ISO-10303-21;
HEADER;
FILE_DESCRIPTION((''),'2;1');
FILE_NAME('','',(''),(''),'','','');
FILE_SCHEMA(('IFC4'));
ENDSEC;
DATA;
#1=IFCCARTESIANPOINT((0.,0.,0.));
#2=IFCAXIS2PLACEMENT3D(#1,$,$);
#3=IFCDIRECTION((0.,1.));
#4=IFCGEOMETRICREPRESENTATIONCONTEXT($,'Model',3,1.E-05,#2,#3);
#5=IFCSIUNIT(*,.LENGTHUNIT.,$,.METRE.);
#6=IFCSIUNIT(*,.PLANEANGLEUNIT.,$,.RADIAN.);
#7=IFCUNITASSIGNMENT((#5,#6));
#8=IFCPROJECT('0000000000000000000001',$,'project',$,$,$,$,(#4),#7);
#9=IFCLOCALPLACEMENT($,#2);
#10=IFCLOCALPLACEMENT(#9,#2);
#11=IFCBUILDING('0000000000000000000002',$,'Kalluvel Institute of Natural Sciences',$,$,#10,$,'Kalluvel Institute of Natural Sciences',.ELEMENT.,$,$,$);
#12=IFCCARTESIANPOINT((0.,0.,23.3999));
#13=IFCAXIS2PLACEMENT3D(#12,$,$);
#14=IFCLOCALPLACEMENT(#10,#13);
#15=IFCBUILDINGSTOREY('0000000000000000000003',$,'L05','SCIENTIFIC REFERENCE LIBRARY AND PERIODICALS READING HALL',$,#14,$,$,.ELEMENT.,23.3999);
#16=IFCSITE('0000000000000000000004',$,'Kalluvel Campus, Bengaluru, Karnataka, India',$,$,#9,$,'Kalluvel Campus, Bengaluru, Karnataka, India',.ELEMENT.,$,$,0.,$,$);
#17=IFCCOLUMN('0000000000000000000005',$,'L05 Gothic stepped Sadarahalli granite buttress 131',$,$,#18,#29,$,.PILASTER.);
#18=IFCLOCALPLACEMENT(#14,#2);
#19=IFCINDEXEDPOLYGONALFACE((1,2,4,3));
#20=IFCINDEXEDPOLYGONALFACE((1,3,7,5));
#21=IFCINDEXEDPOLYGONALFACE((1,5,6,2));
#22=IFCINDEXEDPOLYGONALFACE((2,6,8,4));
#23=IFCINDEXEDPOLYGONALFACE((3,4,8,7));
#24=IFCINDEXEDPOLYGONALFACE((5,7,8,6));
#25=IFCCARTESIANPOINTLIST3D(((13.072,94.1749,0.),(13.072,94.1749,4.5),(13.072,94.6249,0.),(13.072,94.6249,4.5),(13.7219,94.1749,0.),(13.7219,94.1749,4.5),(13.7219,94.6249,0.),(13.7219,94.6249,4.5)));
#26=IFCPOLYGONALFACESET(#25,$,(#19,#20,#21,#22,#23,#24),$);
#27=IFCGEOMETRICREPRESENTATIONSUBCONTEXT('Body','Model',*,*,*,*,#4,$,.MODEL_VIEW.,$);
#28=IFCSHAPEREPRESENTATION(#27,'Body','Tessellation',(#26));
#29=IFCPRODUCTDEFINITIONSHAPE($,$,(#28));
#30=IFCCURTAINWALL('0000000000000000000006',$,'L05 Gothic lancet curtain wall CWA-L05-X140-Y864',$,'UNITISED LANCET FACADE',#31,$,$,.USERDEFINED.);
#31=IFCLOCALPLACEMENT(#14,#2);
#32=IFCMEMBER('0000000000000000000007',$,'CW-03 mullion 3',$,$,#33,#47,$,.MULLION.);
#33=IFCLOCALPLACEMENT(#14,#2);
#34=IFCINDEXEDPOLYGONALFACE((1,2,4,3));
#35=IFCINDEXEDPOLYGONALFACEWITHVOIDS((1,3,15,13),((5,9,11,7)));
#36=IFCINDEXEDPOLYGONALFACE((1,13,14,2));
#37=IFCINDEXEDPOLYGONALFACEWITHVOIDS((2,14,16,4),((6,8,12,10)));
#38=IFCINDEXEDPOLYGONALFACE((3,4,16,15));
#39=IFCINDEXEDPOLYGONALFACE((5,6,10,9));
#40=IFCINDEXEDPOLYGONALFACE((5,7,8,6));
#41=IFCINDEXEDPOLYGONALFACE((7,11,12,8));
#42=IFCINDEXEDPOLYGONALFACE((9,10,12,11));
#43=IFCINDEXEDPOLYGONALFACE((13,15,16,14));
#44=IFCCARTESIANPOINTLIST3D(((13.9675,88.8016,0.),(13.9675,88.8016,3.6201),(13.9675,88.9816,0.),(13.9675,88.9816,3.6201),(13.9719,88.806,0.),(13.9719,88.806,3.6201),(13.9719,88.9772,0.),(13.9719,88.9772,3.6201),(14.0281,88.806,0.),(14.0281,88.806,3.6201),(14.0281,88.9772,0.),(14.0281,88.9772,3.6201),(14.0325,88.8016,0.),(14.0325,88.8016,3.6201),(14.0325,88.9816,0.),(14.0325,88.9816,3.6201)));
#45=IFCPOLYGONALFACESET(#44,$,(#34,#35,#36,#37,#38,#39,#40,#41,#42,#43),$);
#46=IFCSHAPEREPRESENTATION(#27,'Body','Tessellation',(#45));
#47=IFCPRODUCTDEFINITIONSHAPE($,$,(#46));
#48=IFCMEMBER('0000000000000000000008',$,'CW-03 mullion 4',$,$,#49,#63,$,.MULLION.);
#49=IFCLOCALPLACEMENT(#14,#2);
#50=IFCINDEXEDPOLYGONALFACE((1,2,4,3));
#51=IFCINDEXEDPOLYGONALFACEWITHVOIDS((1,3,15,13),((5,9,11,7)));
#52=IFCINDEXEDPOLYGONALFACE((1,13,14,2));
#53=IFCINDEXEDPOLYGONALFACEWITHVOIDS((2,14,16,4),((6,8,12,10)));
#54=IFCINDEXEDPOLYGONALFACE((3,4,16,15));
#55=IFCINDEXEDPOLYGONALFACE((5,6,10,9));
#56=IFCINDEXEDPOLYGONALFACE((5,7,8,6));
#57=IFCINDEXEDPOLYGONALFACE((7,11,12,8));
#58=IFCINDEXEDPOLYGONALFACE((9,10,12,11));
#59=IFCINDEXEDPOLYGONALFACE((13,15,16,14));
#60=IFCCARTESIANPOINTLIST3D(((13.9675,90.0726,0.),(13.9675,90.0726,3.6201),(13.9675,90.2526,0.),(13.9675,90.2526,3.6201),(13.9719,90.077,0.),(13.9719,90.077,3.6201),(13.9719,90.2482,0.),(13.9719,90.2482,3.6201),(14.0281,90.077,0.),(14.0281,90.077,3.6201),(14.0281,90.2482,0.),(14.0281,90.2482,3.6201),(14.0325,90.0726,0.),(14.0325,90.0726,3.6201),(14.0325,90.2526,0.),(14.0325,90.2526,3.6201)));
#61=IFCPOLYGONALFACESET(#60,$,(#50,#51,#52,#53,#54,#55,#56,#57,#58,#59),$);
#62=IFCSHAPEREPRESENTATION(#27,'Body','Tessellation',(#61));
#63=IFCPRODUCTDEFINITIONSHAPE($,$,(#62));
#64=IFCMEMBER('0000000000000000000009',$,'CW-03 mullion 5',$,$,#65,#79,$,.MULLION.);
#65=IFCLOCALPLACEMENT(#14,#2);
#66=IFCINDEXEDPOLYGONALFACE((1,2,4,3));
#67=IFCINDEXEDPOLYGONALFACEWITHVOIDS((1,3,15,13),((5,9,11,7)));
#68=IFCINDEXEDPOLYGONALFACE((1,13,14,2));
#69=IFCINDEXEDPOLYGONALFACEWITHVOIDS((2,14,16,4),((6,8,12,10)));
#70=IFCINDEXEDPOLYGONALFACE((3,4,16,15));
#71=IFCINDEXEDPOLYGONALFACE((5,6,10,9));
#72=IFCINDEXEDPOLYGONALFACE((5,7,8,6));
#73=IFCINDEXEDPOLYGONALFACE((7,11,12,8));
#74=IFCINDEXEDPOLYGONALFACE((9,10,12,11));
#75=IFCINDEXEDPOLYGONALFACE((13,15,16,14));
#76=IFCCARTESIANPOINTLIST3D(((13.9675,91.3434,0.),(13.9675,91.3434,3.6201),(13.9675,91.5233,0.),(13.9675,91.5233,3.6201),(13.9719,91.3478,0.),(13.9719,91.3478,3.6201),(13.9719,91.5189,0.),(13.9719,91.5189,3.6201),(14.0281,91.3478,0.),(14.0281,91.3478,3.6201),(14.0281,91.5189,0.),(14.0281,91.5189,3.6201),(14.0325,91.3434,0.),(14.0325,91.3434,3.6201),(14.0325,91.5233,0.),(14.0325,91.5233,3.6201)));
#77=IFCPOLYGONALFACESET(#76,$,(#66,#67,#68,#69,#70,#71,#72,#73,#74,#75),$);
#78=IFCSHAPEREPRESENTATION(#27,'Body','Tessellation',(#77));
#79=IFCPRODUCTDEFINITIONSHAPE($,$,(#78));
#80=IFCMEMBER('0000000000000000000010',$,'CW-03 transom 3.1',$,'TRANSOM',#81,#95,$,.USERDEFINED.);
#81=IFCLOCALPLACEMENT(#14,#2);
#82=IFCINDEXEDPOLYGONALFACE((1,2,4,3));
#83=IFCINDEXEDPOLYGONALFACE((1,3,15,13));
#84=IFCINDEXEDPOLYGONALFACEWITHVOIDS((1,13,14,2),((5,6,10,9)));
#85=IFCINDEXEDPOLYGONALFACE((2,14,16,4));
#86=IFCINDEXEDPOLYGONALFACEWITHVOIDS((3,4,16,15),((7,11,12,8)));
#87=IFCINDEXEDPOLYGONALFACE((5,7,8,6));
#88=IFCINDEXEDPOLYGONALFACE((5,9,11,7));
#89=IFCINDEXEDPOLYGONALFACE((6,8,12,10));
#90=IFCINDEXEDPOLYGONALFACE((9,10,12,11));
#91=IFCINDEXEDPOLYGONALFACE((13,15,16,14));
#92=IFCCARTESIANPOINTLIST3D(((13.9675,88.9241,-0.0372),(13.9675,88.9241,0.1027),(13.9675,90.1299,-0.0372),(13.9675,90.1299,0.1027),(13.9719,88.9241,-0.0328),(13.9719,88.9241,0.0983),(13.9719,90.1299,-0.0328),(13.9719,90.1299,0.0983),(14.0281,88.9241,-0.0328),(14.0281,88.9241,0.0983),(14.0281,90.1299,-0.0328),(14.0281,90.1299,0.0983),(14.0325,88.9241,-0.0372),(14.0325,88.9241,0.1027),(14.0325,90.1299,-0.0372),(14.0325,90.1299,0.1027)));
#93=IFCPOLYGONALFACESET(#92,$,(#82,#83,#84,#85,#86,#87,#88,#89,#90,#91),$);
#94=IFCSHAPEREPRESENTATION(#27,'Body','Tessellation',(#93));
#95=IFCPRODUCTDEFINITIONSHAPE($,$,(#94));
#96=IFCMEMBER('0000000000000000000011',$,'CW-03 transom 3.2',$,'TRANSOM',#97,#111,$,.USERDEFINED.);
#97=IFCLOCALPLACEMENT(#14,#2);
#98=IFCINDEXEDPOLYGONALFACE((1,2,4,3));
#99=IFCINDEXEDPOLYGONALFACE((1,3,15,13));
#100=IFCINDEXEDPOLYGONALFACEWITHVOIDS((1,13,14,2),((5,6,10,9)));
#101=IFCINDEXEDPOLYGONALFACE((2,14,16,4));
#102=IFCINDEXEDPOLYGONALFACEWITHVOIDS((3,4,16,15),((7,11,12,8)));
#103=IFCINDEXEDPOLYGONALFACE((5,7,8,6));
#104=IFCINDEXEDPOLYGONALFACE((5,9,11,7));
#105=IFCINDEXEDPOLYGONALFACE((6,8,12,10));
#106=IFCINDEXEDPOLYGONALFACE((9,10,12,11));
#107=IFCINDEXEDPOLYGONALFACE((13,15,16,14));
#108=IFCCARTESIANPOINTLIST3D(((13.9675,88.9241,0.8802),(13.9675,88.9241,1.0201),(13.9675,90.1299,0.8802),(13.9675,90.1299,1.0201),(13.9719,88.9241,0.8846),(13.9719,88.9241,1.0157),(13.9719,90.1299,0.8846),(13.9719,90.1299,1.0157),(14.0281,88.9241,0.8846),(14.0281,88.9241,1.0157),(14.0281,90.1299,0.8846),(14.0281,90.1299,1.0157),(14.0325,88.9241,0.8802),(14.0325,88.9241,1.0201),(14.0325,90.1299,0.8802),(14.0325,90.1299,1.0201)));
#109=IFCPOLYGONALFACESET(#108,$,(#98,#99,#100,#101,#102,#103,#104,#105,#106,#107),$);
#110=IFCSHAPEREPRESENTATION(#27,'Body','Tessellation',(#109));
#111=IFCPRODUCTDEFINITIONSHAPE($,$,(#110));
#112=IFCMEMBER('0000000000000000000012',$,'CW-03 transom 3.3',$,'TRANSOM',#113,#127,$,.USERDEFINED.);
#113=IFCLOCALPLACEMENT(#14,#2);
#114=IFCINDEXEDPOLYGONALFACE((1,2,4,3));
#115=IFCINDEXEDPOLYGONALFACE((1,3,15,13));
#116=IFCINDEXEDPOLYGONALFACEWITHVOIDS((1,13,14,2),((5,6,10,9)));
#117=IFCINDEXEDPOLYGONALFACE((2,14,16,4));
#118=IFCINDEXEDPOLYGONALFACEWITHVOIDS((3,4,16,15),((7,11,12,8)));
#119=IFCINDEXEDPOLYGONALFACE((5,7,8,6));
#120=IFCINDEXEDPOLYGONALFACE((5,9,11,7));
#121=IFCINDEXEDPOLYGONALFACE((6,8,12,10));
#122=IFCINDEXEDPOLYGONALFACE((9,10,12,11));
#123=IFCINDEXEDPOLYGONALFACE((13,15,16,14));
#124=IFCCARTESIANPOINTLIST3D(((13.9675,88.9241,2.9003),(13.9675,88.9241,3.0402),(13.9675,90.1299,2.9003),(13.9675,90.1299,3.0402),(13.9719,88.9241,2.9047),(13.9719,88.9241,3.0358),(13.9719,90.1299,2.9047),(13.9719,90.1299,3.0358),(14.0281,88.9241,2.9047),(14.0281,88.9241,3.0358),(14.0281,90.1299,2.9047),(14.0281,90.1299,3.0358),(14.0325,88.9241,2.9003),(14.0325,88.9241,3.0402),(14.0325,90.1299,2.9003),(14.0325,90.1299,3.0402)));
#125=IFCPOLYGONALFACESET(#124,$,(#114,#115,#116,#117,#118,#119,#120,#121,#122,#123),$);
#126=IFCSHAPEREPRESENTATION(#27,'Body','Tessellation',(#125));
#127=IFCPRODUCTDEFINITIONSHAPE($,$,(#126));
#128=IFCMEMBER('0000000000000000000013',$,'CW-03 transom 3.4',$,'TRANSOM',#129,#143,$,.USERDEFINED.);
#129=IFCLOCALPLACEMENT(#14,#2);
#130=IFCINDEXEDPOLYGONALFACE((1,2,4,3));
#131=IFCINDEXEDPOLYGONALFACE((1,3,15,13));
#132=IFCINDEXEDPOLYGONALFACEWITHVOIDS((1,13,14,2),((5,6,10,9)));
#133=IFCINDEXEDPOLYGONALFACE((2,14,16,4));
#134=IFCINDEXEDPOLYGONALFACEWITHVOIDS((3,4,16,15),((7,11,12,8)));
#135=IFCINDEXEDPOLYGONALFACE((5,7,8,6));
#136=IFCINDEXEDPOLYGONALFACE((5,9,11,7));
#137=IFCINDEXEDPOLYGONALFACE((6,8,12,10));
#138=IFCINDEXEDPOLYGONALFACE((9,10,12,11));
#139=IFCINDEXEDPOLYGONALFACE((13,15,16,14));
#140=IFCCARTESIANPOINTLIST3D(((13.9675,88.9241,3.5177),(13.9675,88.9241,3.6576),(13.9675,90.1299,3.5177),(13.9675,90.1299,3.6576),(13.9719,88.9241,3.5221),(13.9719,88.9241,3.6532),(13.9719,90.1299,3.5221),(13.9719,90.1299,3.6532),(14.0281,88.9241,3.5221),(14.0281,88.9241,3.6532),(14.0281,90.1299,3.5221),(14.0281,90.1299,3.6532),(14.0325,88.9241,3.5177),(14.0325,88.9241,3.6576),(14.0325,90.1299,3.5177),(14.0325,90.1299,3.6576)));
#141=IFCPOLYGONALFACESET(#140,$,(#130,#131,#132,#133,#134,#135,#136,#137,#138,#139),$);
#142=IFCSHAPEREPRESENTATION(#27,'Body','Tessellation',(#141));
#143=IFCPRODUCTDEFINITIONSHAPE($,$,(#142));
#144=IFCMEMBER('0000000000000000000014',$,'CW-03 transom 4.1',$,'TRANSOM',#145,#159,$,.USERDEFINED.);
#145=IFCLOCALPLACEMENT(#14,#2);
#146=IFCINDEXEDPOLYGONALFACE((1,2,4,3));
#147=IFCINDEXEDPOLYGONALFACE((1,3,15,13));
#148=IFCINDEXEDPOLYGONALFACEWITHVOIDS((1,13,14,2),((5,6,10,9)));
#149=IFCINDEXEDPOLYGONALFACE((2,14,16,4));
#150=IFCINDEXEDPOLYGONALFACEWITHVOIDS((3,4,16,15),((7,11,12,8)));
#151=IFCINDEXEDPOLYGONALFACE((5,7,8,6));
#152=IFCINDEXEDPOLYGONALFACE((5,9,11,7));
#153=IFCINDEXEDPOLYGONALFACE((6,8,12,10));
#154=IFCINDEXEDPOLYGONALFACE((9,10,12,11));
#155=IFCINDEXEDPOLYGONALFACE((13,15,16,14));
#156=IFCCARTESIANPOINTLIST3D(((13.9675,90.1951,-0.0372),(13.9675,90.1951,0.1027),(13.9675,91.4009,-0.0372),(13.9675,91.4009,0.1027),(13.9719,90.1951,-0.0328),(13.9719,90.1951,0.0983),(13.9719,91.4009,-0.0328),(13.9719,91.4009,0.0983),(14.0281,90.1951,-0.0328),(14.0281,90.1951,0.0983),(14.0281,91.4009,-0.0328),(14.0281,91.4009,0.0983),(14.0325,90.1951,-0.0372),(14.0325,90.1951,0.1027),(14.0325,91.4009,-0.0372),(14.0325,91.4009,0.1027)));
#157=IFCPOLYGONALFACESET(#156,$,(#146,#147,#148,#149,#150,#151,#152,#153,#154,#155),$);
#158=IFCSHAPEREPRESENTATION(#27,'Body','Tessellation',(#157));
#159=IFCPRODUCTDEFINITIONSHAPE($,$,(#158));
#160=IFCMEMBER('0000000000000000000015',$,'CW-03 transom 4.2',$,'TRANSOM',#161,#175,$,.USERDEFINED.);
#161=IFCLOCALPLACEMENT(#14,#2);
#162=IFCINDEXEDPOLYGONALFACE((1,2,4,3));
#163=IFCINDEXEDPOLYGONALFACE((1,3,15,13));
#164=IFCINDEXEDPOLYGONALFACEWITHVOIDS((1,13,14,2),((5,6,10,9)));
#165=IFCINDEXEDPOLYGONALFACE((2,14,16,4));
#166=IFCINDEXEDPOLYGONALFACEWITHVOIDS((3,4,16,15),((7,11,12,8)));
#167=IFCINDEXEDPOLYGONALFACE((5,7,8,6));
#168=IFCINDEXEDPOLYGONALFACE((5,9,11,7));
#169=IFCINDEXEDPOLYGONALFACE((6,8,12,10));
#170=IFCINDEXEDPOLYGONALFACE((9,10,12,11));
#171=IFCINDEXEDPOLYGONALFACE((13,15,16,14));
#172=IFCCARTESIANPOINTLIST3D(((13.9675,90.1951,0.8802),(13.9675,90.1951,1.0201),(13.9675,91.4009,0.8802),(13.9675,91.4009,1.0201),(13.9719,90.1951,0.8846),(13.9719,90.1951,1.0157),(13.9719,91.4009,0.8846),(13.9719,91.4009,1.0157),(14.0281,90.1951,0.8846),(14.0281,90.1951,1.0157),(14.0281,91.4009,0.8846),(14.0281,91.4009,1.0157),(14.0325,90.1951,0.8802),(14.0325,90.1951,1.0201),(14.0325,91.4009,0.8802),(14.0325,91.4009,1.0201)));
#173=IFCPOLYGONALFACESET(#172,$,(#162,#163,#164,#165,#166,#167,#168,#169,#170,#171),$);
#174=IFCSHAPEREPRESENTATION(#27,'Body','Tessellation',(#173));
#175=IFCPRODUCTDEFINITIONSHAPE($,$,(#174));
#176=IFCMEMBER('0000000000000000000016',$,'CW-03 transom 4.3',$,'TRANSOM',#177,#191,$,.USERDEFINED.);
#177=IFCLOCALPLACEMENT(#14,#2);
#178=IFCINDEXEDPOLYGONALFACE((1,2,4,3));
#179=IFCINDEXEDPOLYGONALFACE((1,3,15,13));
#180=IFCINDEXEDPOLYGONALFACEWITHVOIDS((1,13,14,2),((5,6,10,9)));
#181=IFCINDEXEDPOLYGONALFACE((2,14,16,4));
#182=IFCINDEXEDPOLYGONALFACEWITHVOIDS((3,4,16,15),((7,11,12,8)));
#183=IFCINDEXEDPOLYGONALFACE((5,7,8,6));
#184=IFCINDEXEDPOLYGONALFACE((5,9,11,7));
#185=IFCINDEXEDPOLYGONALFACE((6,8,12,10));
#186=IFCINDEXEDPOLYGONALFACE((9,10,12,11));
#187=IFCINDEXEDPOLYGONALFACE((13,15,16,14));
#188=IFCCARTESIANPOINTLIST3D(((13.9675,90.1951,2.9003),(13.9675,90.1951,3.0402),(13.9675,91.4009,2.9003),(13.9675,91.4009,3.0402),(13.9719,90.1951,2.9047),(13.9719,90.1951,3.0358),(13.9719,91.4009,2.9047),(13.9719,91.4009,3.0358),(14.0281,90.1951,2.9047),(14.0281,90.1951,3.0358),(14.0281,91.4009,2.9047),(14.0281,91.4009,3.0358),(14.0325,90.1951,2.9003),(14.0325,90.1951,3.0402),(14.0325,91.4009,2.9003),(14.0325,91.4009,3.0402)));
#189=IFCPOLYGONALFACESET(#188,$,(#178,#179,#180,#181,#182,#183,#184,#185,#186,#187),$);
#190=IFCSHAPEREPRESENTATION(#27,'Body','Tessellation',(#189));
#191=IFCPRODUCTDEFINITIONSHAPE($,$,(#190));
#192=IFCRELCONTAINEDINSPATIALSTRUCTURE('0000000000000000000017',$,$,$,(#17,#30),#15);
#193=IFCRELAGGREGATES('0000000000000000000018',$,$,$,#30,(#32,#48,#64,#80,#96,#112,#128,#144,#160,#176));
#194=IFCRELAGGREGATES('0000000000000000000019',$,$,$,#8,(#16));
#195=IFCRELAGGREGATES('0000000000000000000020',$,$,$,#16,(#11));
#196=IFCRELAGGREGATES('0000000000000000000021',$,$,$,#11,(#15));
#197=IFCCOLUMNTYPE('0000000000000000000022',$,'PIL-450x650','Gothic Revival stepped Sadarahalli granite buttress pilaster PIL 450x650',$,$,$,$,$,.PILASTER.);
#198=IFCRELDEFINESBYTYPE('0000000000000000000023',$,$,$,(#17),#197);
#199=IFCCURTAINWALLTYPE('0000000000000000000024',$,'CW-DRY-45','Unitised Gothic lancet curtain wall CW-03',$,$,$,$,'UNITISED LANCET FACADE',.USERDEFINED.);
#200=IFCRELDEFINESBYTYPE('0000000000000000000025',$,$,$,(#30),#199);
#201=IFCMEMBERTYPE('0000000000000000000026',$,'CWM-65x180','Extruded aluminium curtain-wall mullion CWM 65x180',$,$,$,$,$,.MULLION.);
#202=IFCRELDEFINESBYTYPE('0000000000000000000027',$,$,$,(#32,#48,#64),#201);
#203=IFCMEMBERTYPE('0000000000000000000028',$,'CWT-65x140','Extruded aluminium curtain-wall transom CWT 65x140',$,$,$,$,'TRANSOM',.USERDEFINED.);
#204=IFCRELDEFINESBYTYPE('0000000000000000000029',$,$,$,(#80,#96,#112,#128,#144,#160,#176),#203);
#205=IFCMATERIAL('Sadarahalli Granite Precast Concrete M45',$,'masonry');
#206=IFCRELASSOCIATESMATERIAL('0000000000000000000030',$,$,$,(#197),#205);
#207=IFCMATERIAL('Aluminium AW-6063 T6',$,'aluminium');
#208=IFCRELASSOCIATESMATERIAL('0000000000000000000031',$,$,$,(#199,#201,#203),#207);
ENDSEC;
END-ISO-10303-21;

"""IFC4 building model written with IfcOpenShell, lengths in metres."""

from ifc_helpers import new_model, si_unit, direction, frame, origin, origin_2d, place, context, subcontext, project, spatial, rectangle, hollow_rectangle, extrude, material, material_profile, profile_set, type_object, element, aggregate, save


model = new_model("IFC4")

# Units and contexts
model_context = context("Model", 3, precision=1e-05, world=origin(), true_north=direction((0.0, 1.0)))
body_context = subcontext(model_context, "Body", "Model", "MODEL_VIEW")
ifc_project = project(units=[si_unit("LENGTHUNIT", "METRE"), si_unit("PLANEANGLEUNIT", "RADIAN")], contexts=[model_context])

# Site, building, storey
site_placement = place(None, origin())
site = spatial("IfcSite", under=ifc_project, at=site_placement, Name="Kalluvel Campus, Bengaluru, Karnataka, India", LongName="Kalluvel Campus, Bengaluru, Karnataka, India", CompositionType="ELEMENT", RefElevation=0.0)
building_placement = place(site_placement, origin())
building = spatial("IfcBuilding", under=site, at=building_placement, Name="Kalluvel Institute of Natural Sciences", LongName="Kalluvel Institute of Natural Sciences", CompositionType="ELEMENT")
storey_placement = place(building_placement, frame((0.0, 0.0, 23.3999)))
storey = spatial("IfcBuildingStorey", under=building, at=storey_placement, Name="L05", Description="SCIENTIFIC REFERENCE LIBRARY AND PERIODICALS READING HALL", CompositionType="ELEMENT", Elevation=23.3999)

# Column
ifc_material_1 = material(Name="Sadarahalli Granite Precast Concrete M45", Category="masonry")
ifc_material_profile_1 = material_profile(ifc_material_1, rectangle(XDim=0.45, YDim=0.6499, at=origin_2d()), Name="PIL 450x650")
ifc_profile_set_1 = profile_set([ifc_material_profile_1], Name="Sadarahalli Granite Precast Concrete M45")
column_type = type_object("IfcColumnType", Name="PIL-450x650", Description="Gothic Revival stepped Sadarahalli granite buttress pilaster PIL 450x650", PredefinedType="PILASTER", material=ifc_profile_set_1)
column_placement = place(storey_placement, frame((13.397, 94.3999, 0.0), z_axis=(0.0, 0.0, 1.0), x_axis=(0.0, 1.0, 0.0)))
element("IfcColumn", 1, at=column_placement, inside=storey, type_object=column_type, Name="L05 Gothic stepped Sadarahalli granite buttress 131", PredefinedType="PILASTER", context=body_context, shape_type="SweptSolid", body=[
    extrude(rectangle(XDim=0.45, YDim=0.6499, at=origin_2d()), origin(), (0.0, 0.0, 1.0), 4.5),
])

# Curtain wall, members
ifc_material_2 = material(Name="Aluminium AW-6063 T6", Category="aluminium")
curtain_wall_type = type_object("IfcCurtainWallType", Name="CW-DRY-45", Description="Unitised Gothic lancet curtain wall CW-03", ElementType="UNITISED LANCET FACADE", PredefinedType="USERDEFINED", material=ifc_material_2)
curtain_wall_placement = place(storey_placement, origin())
curtain_wall = element("IfcCurtainWall", 2, at=curtain_wall_placement, inside=storey, type_object=curtain_wall_type, Name="L05 Gothic lancet curtain wall CWA-L05-X140-Y864", ObjectType="UNITISED LANCET FACADE", PredefinedType="USERDEFINED")
ifc_material_profile_2 = material_profile(ifc_material_2, hollow_rectangle(XDim=0.0649, YDim=0.1799, WallThickness=0.0044, at=origin_2d()), Name="CWM 65x180")
ifc_profile_set_2 = profile_set([ifc_material_profile_2], Name="Aluminium AW-6063 T6")
member_type_1 = type_object("IfcMemberType", Name="CWM-65x180", Description="Extruded aluminium curtain-wall mullion CWM 65x180", PredefinedType="MULLION", material=ifc_profile_set_2)
member_1_placement = place(storey_placement, frame((14.0, 88.8916, 0.0), z_axis=(0.0, 0.0, 1.0), x_axis=(-1.0, 0.0, 0.0)))
member_1 = element("IfcMember", 3, at=member_1_placement, type_object=member_type_1, Name="CW-03 mullion 3", PredefinedType="MULLION", context=body_context, shape_type="SweptSolid", body=[
    extrude(hollow_rectangle(XDim=0.0649, YDim=0.1799, WallThickness=0.0044, at=origin_2d()), origin(), (0.0, 0.0, 1.0), 3.6201),
])
member_2_placement = place(storey_placement, frame((14.0, 90.1626, 0.0), z_axis=(0.0, 0.0, 1.0), x_axis=(-1.0, 0.0, 0.0)))
member_2 = element("IfcMember", 4, at=member_2_placement, type_object=member_type_1, Name="CW-03 mullion 4", PredefinedType="MULLION", context=body_context, shape_type="SweptSolid", body=[
    extrude(hollow_rectangle(XDim=0.0649, YDim=0.1799, WallThickness=0.0044, at=origin_2d()), origin(), (0.0, 0.0, 1.0), 3.6201),
])
member_3_placement = place(storey_placement, frame((14.0, 91.4333, 0.0), z_axis=(0.0, 0.0, 1.0), x_axis=(-1.0, 0.0, 0.0)))
member_3 = element("IfcMember", 5, at=member_3_placement, type_object=member_type_1, Name="CW-03 mullion 5", PredefinedType="MULLION", context=body_context, shape_type="SweptSolid", body=[
    extrude(hollow_rectangle(XDim=0.0649, YDim=0.1799, WallThickness=0.0044, at=origin_2d()), origin(), (0.0, 0.0, 1.0), 3.6201),
])
ifc_material_profile_3 = material_profile(ifc_material_2, hollow_rectangle(XDim=0.0649, YDim=0.1399, WallThickness=0.0044, at=origin_2d()), Name="CWT 65x140")
ifc_profile_set_3 = profile_set([ifc_material_profile_3], Name="Aluminium AW-6063 T6")
member_type_2 = type_object("IfcMemberType", Name="CWT-65x140", Description="Extruded aluminium curtain-wall transom CWT 65x140", ElementType="TRANSOM", PredefinedType="USERDEFINED", material=ifc_profile_set_3)
member_4_placement = place(storey_placement, frame((14.0, 88.9241, 0.0327), z_axis=(0.0, 1.0, 0.0), x_axis=(-1.0, 0.0, 0.0)))
member_4 = element("IfcMember", 6, at=member_4_placement, type_object=member_type_2, Name="CW-03 transom 3.1", ObjectType="TRANSOM", PredefinedType="USERDEFINED", context=body_context, shape_type="SweptSolid", body=[
    extrude(hollow_rectangle(XDim=0.0649, YDim=0.1399, WallThickness=0.0044, at=origin_2d()), origin(), (0.0, 0.0, 1.0), 1.2058),
])
member_5_placement = place(storey_placement, frame((14.0, 88.9241, 0.9502), z_axis=(0.0, 1.0, 0.0), x_axis=(-1.0, 0.0, 0.0)))
member_5 = element("IfcMember", 7, at=member_5_placement, type_object=member_type_2, Name="CW-03 transom 3.2", ObjectType="TRANSOM", PredefinedType="USERDEFINED", context=body_context, shape_type="SweptSolid", body=[
    extrude(hollow_rectangle(XDim=0.0649, YDim=0.1399, WallThickness=0.0044, at=origin_2d()), origin(), (0.0, 0.0, 1.0), 1.2058),
])
member_6_placement = place(storey_placement, frame((14.0, 88.9241, 2.9702), z_axis=(0.0, 1.0, 0.0), x_axis=(-1.0, 0.0, 0.0)))
member_6 = element("IfcMember", 8, at=member_6_placement, type_object=member_type_2, Name="CW-03 transom 3.3", ObjectType="TRANSOM", PredefinedType="USERDEFINED", context=body_context, shape_type="SweptSolid", body=[
    extrude(hollow_rectangle(XDim=0.0649, YDim=0.1399, WallThickness=0.0044, at=origin_2d()), origin(), (0.0, 0.0, 1.0), 1.2058),
])
member_7_placement = place(storey_placement, frame((14.0, 88.9241, 3.5876), z_axis=(0.0, 1.0, 0.0), x_axis=(-1.0, 0.0, 0.0)))
member_7 = element("IfcMember", 9, at=member_7_placement, type_object=member_type_2, Name="CW-03 transom 3.4", ObjectType="TRANSOM", PredefinedType="USERDEFINED", context=body_context, shape_type="SweptSolid", body=[
    extrude(hollow_rectangle(XDim=0.0649, YDim=0.1399, WallThickness=0.0044, at=origin_2d()), origin(), (0.0, 0.0, 1.0), 1.2058),
])
member_8_placement = place(storey_placement, frame((14.0, 90.1951, 0.0327), z_axis=(0.0, 1.0, 0.0), x_axis=(-1.0, 0.0, 0.0)))
member_8 = element("IfcMember", 10, at=member_8_placement, type_object=member_type_2, Name="CW-03 transom 4.1", ObjectType="TRANSOM", PredefinedType="USERDEFINED", context=body_context, shape_type="SweptSolid", body=[
    extrude(hollow_rectangle(XDim=0.0649, YDim=0.1399, WallThickness=0.0044, at=origin_2d()), origin(), (0.0, 0.0, 1.0), 1.2058),
])
member_9_placement = place(storey_placement, frame((14.0, 90.1951, 0.9502), z_axis=(0.0, 1.0, 0.0), x_axis=(-1.0, 0.0, 0.0)))
member_9 = element("IfcMember", 11, at=member_9_placement, type_object=member_type_2, Name="CW-03 transom 4.2", ObjectType="TRANSOM", PredefinedType="USERDEFINED", context=body_context, shape_type="SweptSolid", body=[
    extrude(hollow_rectangle(XDim=0.0649, YDim=0.1399, WallThickness=0.0044, at=origin_2d()), origin(), (0.0, 0.0, 1.0), 1.2058),
])
member_10_placement = place(storey_placement, frame((14.0, 90.1951, 2.9702), z_axis=(0.0, 1.0, 0.0), x_axis=(-1.0, 0.0, 0.0)))
member_10 = element("IfcMember", 12, at=member_10_placement, type_object=member_type_2, Name="CW-03 transom 4.3", ObjectType="TRANSOM", PredefinedType="USERDEFINED", context=body_context, shape_type="SweptSolid", body=[
    extrude(hollow_rectangle(XDim=0.0649, YDim=0.1399, WallThickness=0.0044, at=origin_2d()), origin(), (0.0, 0.0, 1.0), 1.2058),
])
aggregate(curtain_wall, [member_1, member_2, member_3, member_4, member_5, member_6, member_7, member_8, member_9, member_10])

save(model, "model.ifc")
